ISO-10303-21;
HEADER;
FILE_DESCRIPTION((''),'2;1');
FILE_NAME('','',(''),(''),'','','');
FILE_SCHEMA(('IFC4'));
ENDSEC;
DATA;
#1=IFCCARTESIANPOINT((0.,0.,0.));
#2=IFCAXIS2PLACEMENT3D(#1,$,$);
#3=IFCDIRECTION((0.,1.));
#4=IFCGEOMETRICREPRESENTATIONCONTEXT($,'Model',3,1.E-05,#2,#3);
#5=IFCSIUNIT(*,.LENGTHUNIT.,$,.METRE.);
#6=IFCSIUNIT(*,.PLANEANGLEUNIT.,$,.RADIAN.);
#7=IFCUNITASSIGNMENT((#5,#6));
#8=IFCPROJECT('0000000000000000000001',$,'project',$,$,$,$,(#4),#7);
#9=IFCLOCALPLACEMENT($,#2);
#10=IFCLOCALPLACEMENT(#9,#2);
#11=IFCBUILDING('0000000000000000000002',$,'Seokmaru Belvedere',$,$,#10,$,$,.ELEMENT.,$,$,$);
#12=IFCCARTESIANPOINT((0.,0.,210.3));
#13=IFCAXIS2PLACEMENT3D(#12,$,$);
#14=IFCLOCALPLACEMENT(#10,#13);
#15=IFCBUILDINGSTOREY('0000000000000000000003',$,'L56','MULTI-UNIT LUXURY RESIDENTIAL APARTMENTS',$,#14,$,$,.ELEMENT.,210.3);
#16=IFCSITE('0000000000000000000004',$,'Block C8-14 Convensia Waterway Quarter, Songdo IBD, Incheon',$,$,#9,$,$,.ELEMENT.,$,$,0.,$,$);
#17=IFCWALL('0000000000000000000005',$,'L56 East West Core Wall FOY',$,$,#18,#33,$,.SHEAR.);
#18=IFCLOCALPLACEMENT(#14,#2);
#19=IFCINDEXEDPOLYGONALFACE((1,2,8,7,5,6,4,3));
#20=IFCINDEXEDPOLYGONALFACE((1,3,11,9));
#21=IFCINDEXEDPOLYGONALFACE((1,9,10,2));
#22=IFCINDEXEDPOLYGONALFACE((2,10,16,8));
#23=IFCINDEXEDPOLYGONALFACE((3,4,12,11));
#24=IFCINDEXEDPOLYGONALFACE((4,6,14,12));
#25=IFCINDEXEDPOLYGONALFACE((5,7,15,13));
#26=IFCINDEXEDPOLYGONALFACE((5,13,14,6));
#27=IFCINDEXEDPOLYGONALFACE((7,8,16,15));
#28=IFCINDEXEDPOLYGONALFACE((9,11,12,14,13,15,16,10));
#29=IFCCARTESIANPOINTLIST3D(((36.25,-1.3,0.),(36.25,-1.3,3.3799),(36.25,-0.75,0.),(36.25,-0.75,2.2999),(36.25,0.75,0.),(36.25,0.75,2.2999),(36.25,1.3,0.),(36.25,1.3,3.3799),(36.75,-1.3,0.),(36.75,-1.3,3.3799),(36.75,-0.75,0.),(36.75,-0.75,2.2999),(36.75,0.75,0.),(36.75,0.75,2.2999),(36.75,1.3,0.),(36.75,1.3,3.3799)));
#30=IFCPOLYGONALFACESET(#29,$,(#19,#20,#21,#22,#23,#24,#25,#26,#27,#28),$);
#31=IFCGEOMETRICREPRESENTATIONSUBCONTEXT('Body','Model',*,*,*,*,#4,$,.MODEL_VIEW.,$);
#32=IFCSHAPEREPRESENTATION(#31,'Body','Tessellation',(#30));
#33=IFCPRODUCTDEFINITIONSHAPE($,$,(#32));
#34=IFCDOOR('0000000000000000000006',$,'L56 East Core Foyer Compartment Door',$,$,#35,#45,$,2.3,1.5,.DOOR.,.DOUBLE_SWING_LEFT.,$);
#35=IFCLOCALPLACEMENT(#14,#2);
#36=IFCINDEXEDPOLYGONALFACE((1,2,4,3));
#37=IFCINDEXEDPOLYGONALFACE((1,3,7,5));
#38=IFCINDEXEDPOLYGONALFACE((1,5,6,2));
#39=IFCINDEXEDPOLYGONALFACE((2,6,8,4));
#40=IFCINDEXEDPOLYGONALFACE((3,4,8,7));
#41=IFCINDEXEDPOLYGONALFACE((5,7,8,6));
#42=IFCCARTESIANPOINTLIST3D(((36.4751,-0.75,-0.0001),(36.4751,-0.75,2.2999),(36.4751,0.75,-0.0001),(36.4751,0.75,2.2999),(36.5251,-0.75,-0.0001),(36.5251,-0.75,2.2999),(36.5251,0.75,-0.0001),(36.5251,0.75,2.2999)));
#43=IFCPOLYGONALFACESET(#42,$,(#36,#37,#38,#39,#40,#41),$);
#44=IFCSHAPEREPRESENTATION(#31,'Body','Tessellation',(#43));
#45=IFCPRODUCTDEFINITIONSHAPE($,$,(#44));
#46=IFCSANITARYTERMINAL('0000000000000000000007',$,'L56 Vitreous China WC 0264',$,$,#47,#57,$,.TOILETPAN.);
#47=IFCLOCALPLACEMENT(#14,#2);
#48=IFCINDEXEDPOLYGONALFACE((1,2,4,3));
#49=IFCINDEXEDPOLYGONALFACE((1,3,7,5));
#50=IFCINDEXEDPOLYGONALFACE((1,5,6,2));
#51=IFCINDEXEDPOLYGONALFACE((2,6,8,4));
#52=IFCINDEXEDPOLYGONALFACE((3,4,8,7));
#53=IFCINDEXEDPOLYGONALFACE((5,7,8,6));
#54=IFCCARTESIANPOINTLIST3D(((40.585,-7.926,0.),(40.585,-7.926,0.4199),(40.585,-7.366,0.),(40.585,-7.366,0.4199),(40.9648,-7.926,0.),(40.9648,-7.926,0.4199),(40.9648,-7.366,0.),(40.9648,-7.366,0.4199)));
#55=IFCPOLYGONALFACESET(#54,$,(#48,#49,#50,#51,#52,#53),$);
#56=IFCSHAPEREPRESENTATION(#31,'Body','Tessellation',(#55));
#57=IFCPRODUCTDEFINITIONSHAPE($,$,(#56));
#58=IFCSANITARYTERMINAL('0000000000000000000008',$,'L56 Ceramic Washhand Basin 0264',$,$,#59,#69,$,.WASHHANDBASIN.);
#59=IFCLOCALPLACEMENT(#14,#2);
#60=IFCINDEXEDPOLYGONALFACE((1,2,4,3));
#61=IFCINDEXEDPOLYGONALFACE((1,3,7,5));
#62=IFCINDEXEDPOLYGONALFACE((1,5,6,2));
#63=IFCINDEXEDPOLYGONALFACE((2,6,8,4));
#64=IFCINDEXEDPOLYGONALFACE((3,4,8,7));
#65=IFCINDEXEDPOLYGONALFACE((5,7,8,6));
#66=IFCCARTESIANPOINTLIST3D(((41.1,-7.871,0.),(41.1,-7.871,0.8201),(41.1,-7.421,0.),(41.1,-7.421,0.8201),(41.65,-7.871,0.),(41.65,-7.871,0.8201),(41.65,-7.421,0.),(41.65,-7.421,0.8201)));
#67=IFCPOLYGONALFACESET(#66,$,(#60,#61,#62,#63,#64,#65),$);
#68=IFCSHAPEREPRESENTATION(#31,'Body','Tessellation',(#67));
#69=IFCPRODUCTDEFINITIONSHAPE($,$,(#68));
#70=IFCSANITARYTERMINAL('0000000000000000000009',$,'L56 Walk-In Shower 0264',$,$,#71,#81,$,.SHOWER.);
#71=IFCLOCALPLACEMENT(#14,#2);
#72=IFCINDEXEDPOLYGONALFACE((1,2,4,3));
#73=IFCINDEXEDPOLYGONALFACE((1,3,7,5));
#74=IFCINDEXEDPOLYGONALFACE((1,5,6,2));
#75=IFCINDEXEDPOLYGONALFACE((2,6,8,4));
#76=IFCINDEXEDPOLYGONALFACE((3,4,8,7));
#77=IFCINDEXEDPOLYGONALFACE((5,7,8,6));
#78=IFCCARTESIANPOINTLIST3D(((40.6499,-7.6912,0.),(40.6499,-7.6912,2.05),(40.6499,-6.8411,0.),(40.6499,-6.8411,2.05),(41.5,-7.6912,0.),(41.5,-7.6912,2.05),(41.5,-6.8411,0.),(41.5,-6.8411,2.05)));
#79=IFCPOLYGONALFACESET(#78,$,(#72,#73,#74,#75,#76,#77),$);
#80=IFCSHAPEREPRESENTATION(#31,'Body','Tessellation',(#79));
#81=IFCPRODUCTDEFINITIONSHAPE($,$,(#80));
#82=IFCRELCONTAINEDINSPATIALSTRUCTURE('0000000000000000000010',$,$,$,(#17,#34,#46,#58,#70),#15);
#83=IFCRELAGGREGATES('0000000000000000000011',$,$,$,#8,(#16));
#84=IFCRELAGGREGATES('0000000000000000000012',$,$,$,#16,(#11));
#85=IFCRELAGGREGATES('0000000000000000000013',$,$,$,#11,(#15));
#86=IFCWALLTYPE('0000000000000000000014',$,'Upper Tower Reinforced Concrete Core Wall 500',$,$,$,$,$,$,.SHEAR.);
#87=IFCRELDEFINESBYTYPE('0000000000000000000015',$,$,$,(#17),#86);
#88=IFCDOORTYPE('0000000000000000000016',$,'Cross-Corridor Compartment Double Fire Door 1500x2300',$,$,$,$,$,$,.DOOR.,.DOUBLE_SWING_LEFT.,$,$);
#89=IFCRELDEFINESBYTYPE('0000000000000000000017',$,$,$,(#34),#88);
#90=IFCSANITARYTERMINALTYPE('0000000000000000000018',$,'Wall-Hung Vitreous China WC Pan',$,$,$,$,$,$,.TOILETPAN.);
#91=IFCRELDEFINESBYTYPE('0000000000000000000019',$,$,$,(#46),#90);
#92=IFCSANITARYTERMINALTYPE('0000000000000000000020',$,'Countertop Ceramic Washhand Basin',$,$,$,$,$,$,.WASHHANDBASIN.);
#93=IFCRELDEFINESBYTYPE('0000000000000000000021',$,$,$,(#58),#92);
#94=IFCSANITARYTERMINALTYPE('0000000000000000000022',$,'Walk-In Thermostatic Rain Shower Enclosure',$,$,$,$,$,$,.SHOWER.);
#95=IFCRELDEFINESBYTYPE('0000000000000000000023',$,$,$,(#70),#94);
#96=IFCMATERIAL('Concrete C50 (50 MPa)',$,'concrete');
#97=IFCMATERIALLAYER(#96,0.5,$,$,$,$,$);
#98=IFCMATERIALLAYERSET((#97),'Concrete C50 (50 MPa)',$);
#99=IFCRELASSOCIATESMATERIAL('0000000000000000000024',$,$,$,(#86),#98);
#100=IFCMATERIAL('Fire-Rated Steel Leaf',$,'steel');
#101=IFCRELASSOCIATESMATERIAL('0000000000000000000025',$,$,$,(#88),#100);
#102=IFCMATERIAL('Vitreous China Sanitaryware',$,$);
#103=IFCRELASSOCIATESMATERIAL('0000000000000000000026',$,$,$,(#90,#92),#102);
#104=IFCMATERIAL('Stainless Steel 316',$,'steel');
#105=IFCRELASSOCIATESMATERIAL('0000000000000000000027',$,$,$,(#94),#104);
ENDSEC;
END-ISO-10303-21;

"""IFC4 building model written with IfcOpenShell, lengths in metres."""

from ifc_helpers import new_model, si_unit, direction, frame, frame_2d, origin, origin_2d, place, context, subcontext, project, spatial, rectangle, extrude, source, transform, mapped, material, layer, layer_set, type_object, type_shapes, element, fill, save


model = new_model("IFC4")

# Units and contexts
model_context = context("Model", 3, precision=1e-05, world=origin(), true_north=direction((0.0, 1.0)))
body_context = subcontext(model_context, "Body", "Model", "MODEL_VIEW")
ifc_project = project(units=[si_unit("LENGTHUNIT", "METRE"), si_unit("PLANEANGLEUNIT", "RADIAN")], contexts=[model_context])

# Site, building, storey
site_placement = place(None, origin())
site = spatial("IfcSite", under=ifc_project, at=site_placement, Name="Block C8-14 Convensia Waterway Quarter, Songdo IBD, Incheon", CompositionType="ELEMENT", RefElevation=0.0)
building_placement = place(site_placement, origin())
building = spatial("IfcBuilding", under=site, at=building_placement, Name="Seokmaru Belvedere", CompositionType="ELEMENT")
storey_placement = place(building_placement, frame((0.0, 0.0, 210.3)))
storey = spatial("IfcBuildingStorey", under=building, at=storey_placement, Name="L56", Description="MULTI-UNIT LUXURY RESIDENTIAL APARTMENTS", CompositionType="ELEMENT", Elevation=210.3)

# Wall, opening, door
ifc_material_1 = material(Name="Concrete C50 (50 MPa)", Category="concrete")
ifc_layer_1 = layer(ifc_material_1, 0.5)
ifc_layer_set_1 = layer_set([ifc_layer_1], Name="Concrete C50 (50 MPa)")
wall_type_1 = type_object("IfcWallType", Name="Upper Tower Reinforced Concrete Core Wall 500", PredefinedType="SHEAR", material=ifc_layer_set_1)
wall_1_placement = place(storey_placement, frame((36.5, -1.3, 0.0), z_axis=(0.0, 0.0, 1.0), x_axis=(0.0, 1.0, 0.0)))
wall_1 = element("IfcWall", 1, at=wall_1_placement, inside=storey, type_object=wall_type_1, Name="L56 East West Core Wall FOY", PredefinedType="SHEAR", context=body_context, shape_type="SweptSolid", body=[
    extrude(rectangle(XDim=2.6001, YDim=0.5, at=frame_2d((1.3, 0.0))), origin(), (0.0, 0.0, 1.0), 3.3799),
])
opening_1_placement = place(wall_1_placement, frame((0.55, 0.0, 0.0)))
opening_1 = element("IfcOpeningElement", 2, at=opening_1_placement, cuts=wall_1, PredefinedType="OPENING", context=body_context, shape_type="SweptSolid", body=[
    extrude(rectangle(XDim=1.5, YDim=2.3, at=frame_2d((0.75, 1.1499))), frame((0.0, 0.26, 0.0), z_axis=(0.0, -1.0, 0.0), x_axis=(1.0, 0.0, 0.0)), (0.0, 0.0, 1.0), 0.52),
])
ifc_material_2 = material(Name="Fire-Rated Steel Leaf", Category="steel")
door_type_1 = type_object("IfcDoorType", Name="Cross-Corridor Compartment Double Fire Door 1500x2300", OperationType="DOUBLE_SWING_LEFT", PredefinedType="DOOR", material=ifc_material_2)
shared_shape_1 = source(origin(), body_context, "Body", "SweptSolid", [
    extrude(rectangle(XDim=1.5, YDim=2.3, at=frame_2d((0.75, 1.1499))), frame((0.0, 0.0249, 0.0), z_axis=(0.0, -1.0, 0.0), x_axis=(1.0, 0.0, 0.0)), (0.0, 0.0, 1.0), 0.05),
])
type_shapes(door_type_1, [shared_shape_1])
door_1_placement = place(opening_1_placement, origin())
door_1 = element("IfcDoor", 3, at=door_1_placement, inside=storey, type_object=door_type_1, Name="L56 East Core Foyer Compartment Door", OperationType="DOUBLE_SWING_LEFT", OverallHeight=2.3, OverallWidth=1.5, PredefinedType="DOOR", context=body_context, shape_type="MappedRepresentation", body=[
    mapped(shared_shape_1, transform((0.0, 0.0, 0.0), scale=1.0)),
])
fill(opening_1, door_1)

# Sanitary terminals
ifc_material_3 = material(Name="Vitreous China Sanitaryware")
sanitary_terminal_type_1 = type_object("IfcSanitaryTerminalType", Name="Wall-Hung Vitreous China WC Pan", PredefinedType="TOILETPAN", material=ifc_material_3)
shared_shape_2 = source(origin(), body_context, "Body", "SweptSolid", [
    extrude(rectangle(XDim=0.3799, YDim=0.5601, at=origin_2d()), origin(), (0.0, 0.0, 1.0), 0.4199),
])
type_shapes(sanitary_terminal_type_1, [shared_shape_2])
sanitary_terminal_1_placement = place(storey_placement, frame((40.7749, -7.646, 0.0), z_axis=(0.0, 0.0, 1.0), x_axis=(1.0, 0.0, 0.0)))
element("IfcSanitaryTerminal", 4, at=sanitary_terminal_1_placement, inside=storey, type_object=sanitary_terminal_type_1, Name="L56 Vitreous China WC 0264", PredefinedType="TOILETPAN", context=body_context, shape_type="MappedRepresentation", body=[
    mapped(shared_shape_2, transform((0.0, 0.0, 0.0), scale=1.0)),
])
sanitary_terminal_type_2 = type_object("IfcSanitaryTerminalType", Name="Countertop Ceramic Washhand Basin", PredefinedType="WASHHANDBASIN", material=ifc_material_3)
shared_shape_3 = source(origin(), body_context, "Body", "SweptSolid", [
    extrude(rectangle(XDim=0.55, YDim=0.45, at=origin_2d()), origin(), (0.0, 0.0, 1.0), 0.8201),
])
type_shapes(sanitary_terminal_type_2, [shared_shape_3])
sanitary_terminal_2_placement = place(storey_placement, frame((41.375, -7.646, 0.0), z_axis=(0.0, 0.0, 1.0), x_axis=(1.0, 0.0, 0.0)))
element("IfcSanitaryTerminal", 5, at=sanitary_terminal_2_placement, inside=storey, type_object=sanitary_terminal_type_2, Name="L56 Ceramic Washhand Basin 0264", PredefinedType="WASHHANDBASIN", context=body_context, shape_type="MappedRepresentation", body=[
    mapped(shared_shape_3, transform((0.0, 0.0, 0.0), scale=1.0)),
])
ifc_material_4 = material(Name="Stainless Steel 316", Category="steel")
sanitary_terminal_type_3 = type_object("IfcSanitaryTerminalType", Name="Walk-In Thermostatic Rain Shower Enclosure", PredefinedType="SHOWER", material=ifc_material_4)
shared_shape_4 = source(origin(), body_context, "Body", "SweptSolid", [
    extrude(rectangle(XDim=0.8501, YDim=0.8501, at=origin_2d()), origin(), (0.0, 0.0, 1.0), 2.05),
])
type_shapes(sanitary_terminal_type_3, [shared_shape_4])
sanitary_terminal_3_placement = place(storey_placement, frame((41.075, -7.2661, 0.0), z_axis=(0.0, 0.0, 1.0), x_axis=(1.0, 0.0, 0.0)))
element("IfcSanitaryTerminal", 6, at=sanitary_terminal_3_placement, inside=storey, type_object=sanitary_terminal_type_3, Name="L56 Walk-In Shower 0264", PredefinedType="SHOWER", context=body_context, shape_type="MappedRepresentation", body=[
    mapped(shared_shape_4, transform((0.0, 0.0, 0.0), scale=1.0)),
])

save(model, "model.ifc")
